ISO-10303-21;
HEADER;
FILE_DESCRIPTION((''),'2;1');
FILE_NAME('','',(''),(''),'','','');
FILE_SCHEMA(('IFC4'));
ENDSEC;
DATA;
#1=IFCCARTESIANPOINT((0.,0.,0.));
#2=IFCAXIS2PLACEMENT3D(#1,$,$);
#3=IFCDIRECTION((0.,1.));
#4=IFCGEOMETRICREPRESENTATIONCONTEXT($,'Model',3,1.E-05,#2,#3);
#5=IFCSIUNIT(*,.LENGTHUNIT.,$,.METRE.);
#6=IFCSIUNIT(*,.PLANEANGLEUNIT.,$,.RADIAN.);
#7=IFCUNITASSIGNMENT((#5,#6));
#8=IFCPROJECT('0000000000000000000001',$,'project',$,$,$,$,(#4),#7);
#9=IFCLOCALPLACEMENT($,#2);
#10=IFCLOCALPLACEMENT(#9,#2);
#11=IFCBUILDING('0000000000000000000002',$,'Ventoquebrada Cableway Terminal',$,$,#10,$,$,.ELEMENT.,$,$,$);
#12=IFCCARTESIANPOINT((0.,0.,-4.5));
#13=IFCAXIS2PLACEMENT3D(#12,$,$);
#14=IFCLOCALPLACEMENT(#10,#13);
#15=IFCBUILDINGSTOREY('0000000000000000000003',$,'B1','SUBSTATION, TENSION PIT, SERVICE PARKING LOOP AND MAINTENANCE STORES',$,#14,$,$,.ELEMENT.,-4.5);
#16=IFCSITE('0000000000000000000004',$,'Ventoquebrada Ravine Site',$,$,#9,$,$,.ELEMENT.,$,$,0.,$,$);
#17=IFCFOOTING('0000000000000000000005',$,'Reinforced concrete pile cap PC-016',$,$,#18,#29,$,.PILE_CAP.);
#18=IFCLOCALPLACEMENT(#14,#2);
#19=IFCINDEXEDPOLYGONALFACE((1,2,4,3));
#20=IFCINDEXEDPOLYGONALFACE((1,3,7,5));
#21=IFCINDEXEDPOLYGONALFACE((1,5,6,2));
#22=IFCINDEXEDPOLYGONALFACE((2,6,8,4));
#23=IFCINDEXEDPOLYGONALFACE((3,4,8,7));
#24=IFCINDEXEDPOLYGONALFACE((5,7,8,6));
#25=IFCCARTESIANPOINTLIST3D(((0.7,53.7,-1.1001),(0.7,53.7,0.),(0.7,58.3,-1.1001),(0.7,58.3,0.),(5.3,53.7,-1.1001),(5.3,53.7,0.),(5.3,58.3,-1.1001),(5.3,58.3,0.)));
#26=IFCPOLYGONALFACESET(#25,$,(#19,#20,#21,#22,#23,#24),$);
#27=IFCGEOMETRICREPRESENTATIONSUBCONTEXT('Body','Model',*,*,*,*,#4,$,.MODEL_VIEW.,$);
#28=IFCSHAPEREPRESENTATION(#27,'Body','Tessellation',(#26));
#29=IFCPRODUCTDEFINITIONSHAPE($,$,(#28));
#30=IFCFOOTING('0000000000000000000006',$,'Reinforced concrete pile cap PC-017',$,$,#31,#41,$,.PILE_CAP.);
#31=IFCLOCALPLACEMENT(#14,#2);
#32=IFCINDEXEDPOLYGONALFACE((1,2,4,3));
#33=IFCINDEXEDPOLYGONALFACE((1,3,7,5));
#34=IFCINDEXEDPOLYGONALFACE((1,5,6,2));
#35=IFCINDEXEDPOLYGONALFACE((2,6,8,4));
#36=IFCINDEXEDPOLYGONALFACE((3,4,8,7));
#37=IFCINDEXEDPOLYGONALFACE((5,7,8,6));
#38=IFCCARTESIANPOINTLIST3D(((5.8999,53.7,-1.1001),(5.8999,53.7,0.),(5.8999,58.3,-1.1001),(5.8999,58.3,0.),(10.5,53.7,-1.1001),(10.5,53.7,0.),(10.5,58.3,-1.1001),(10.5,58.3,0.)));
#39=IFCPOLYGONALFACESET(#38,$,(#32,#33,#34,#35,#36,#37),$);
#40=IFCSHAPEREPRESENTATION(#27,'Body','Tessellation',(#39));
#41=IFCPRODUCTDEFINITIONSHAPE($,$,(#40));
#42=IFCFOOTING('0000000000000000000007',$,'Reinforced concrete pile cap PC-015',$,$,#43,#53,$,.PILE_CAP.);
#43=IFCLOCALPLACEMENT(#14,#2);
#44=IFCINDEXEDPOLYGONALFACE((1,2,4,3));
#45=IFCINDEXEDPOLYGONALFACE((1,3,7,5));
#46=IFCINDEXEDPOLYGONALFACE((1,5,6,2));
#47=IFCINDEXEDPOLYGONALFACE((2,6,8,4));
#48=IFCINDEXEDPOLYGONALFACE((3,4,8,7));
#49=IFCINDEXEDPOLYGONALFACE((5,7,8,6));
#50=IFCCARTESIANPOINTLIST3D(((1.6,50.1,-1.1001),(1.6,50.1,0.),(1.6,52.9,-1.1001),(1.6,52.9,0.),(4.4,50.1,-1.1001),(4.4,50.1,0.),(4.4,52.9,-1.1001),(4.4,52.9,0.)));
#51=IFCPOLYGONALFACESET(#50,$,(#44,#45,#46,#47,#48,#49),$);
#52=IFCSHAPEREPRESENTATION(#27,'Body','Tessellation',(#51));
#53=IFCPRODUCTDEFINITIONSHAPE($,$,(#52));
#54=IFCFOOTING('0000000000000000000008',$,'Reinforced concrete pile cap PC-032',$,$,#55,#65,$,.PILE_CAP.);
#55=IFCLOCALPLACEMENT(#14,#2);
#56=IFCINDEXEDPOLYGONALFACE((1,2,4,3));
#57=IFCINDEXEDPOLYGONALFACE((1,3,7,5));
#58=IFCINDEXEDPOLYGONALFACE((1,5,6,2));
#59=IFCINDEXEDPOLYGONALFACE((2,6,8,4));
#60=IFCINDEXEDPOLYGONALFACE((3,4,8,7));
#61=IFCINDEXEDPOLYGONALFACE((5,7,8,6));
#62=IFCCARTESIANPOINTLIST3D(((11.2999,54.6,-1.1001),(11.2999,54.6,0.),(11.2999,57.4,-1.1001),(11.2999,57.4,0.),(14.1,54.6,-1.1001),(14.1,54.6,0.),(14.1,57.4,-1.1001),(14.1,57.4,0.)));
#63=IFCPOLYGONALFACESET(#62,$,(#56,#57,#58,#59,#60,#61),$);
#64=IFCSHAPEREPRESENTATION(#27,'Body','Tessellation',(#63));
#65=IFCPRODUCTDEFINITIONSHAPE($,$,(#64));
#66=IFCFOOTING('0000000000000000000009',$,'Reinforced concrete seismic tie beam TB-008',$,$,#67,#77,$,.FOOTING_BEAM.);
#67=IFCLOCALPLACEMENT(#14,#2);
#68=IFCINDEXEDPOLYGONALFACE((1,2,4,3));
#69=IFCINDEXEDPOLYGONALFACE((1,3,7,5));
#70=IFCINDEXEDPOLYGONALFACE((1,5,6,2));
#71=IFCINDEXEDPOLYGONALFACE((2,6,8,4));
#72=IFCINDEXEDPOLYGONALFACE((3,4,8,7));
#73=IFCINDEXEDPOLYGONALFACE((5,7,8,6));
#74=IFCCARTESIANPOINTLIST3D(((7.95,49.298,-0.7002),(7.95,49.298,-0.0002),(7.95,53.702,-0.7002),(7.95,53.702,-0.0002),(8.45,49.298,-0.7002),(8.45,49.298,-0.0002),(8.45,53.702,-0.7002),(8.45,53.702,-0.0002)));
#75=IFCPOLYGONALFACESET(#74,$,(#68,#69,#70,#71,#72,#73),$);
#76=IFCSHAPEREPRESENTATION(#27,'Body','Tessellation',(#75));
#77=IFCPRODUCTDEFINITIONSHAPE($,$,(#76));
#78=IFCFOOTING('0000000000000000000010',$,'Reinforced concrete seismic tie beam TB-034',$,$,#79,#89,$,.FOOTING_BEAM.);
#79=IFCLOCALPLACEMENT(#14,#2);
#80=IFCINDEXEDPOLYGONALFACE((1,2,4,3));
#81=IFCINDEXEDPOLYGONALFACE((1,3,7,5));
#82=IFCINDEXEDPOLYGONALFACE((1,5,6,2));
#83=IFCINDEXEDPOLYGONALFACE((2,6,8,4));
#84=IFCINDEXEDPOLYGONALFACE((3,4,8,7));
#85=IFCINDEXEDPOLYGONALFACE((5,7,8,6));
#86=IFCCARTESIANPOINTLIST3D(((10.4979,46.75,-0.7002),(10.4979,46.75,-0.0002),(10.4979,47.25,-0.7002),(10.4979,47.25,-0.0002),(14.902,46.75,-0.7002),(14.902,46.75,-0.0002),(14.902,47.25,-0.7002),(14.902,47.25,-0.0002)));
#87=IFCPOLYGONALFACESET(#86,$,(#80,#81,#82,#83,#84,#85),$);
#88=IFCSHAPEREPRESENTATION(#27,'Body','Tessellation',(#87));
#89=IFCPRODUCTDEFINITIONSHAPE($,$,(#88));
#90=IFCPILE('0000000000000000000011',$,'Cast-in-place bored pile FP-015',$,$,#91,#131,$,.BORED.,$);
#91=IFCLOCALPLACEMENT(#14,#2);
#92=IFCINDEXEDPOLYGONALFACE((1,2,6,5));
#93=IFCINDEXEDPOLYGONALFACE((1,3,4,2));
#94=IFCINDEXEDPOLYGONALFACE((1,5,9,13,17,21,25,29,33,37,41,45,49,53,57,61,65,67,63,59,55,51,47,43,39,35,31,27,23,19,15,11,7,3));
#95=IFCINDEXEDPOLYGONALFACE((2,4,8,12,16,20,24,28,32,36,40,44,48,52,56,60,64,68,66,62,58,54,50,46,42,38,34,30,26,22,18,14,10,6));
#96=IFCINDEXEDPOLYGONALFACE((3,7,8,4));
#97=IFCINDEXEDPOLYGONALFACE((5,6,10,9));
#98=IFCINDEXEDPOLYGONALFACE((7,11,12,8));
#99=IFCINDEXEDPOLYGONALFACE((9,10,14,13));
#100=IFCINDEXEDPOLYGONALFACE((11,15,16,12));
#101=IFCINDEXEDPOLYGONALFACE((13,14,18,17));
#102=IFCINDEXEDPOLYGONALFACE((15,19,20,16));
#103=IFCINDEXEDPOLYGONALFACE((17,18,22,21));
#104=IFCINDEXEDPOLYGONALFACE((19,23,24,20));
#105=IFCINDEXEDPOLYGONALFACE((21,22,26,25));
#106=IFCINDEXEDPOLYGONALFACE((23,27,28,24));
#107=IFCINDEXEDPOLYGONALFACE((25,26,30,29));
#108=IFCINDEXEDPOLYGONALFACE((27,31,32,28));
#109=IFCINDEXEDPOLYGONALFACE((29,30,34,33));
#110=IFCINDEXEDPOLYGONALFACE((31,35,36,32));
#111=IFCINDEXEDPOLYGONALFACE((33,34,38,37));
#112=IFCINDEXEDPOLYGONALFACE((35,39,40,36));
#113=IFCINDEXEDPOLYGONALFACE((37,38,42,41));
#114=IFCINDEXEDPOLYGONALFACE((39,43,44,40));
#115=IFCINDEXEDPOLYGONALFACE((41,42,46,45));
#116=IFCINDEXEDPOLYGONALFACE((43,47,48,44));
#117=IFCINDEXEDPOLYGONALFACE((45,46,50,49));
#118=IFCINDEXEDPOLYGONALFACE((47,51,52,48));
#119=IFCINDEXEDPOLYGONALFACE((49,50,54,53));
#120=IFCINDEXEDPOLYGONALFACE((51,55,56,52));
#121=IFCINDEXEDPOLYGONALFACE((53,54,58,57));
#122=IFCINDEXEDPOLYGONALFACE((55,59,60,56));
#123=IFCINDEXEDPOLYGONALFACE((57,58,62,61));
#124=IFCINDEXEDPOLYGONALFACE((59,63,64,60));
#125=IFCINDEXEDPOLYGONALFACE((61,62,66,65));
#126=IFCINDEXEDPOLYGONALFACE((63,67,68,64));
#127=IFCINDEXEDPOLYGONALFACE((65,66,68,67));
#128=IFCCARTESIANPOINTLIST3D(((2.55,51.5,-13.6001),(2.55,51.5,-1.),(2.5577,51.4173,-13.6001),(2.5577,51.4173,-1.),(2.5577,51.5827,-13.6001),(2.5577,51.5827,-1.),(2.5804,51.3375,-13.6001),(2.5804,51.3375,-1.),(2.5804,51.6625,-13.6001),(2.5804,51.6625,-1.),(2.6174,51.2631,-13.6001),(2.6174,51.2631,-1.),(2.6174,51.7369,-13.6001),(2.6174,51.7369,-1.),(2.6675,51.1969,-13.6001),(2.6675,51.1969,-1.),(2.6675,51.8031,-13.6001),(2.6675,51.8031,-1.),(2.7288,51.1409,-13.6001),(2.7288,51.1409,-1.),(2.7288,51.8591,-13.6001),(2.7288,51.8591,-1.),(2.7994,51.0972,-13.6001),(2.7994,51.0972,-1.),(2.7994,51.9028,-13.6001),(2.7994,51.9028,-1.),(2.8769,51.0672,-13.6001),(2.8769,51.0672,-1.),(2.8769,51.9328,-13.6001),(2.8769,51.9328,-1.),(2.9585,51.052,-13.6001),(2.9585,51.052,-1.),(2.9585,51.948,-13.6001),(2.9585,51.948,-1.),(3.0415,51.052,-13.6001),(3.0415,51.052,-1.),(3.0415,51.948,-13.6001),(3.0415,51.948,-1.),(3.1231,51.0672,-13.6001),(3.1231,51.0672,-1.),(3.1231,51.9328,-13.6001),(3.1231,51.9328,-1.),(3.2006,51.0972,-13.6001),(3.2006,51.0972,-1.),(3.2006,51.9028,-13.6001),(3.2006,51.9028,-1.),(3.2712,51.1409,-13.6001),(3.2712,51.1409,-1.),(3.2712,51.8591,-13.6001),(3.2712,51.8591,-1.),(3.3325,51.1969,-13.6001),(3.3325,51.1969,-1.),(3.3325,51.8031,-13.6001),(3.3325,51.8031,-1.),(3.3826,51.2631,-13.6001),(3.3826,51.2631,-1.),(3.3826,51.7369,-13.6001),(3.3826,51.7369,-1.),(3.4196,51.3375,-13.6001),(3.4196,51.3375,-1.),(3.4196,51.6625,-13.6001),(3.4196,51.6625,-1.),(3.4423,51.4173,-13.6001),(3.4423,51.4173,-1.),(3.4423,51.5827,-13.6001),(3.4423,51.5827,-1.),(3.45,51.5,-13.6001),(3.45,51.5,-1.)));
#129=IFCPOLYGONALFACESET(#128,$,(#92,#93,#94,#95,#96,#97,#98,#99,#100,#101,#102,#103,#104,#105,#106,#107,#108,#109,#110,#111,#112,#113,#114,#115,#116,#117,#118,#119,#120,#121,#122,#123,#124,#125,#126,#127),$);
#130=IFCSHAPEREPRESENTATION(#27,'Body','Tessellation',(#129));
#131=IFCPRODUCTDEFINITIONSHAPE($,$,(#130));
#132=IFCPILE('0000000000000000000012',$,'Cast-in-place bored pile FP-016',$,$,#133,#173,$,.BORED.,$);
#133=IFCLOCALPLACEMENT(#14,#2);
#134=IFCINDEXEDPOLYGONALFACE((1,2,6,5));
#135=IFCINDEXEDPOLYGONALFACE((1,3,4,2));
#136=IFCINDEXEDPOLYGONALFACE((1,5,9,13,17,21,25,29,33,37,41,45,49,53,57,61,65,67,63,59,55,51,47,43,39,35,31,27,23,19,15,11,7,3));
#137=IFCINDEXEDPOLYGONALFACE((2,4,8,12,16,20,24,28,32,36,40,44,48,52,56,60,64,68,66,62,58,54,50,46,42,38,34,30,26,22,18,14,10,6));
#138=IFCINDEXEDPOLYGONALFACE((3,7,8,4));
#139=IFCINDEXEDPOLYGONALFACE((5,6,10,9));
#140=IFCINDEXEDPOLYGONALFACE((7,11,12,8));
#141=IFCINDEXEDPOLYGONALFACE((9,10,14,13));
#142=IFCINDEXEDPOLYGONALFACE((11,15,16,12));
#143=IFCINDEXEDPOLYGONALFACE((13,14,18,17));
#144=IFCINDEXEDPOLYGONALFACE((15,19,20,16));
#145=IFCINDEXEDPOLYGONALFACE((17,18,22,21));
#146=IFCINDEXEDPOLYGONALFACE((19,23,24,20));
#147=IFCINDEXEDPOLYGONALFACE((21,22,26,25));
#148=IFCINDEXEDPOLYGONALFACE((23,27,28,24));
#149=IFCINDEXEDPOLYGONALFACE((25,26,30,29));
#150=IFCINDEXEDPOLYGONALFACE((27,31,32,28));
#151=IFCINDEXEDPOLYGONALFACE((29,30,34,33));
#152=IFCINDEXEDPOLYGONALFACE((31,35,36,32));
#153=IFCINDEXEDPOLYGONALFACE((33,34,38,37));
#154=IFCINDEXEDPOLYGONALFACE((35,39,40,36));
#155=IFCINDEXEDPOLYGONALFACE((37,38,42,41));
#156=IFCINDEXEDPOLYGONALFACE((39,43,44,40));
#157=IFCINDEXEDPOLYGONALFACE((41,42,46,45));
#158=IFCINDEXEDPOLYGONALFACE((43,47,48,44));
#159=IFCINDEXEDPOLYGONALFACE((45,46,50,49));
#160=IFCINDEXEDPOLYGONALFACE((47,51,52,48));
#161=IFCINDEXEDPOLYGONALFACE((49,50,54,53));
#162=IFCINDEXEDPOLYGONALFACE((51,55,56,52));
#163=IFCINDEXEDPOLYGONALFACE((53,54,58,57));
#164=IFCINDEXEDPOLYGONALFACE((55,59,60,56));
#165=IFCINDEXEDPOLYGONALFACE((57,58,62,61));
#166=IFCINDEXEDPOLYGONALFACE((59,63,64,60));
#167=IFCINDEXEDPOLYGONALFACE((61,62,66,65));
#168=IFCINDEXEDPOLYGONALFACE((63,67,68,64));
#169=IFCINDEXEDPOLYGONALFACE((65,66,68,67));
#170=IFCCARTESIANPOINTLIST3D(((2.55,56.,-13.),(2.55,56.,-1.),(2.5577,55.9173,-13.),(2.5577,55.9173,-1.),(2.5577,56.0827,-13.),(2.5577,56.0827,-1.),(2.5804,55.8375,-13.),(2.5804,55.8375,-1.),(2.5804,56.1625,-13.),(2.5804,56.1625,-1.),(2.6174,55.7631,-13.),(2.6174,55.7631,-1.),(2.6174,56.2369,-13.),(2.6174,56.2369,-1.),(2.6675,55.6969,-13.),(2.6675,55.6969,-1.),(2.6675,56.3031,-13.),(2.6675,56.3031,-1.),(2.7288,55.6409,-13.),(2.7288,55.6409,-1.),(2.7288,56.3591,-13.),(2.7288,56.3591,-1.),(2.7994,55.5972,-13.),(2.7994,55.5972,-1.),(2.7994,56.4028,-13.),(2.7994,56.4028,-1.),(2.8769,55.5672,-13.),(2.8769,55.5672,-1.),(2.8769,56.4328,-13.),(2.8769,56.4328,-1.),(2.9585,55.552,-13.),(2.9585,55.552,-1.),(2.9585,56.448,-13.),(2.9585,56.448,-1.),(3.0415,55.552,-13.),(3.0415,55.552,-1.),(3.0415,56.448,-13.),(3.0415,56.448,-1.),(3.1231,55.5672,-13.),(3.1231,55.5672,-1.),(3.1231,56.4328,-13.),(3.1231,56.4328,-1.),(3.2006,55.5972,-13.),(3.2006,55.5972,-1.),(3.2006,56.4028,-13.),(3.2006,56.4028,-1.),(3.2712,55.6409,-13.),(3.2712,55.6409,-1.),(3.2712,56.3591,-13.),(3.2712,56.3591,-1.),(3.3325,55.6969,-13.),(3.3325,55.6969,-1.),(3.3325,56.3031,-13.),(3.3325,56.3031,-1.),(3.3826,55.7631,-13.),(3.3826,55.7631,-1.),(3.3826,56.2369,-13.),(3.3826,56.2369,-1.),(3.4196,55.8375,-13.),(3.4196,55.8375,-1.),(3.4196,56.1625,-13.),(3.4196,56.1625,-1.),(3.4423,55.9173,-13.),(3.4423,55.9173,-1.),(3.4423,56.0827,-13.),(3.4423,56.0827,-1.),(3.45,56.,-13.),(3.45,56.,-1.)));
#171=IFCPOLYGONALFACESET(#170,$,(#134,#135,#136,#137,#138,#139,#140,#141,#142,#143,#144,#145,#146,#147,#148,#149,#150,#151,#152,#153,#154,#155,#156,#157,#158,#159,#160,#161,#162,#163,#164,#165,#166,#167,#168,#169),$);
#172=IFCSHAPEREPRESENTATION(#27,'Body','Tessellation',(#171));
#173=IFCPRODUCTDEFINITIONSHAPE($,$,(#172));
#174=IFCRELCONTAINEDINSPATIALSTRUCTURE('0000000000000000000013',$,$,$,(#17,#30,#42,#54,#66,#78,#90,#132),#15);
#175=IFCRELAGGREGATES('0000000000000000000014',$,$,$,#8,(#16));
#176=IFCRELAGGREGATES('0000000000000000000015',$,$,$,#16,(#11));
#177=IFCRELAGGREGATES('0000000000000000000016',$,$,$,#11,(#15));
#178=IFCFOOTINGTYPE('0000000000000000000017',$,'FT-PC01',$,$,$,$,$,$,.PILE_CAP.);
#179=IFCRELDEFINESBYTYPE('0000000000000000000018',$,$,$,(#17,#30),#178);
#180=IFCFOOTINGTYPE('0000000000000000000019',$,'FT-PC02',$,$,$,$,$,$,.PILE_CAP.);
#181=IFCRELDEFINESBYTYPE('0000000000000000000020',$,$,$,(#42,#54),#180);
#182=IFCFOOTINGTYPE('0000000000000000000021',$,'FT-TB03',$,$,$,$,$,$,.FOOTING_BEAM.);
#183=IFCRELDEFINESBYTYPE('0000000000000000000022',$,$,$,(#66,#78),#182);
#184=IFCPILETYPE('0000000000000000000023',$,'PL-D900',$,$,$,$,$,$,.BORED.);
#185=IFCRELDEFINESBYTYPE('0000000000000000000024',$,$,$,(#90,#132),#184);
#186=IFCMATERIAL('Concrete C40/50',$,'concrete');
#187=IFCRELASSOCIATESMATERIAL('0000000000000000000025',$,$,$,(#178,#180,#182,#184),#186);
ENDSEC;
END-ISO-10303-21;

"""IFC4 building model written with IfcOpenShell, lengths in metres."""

from ifc_helpers import new_model, si_unit, direction, frame, origin, origin_2d, place, context, subcontext, project, spatial, rectangle, circle, extrude, material, material_profile, profile_set, type_object, element, save


model = new_model("IFC4")

# Units and contexts
model_context = context("Model", 3, precision=1e-05, world=origin(), true_north=direction((0.0, 1.0)))
body_context = subcontext(model_context, "Body", "Model", "MODEL_VIEW")
ifc_project = project(units=[si_unit("LENGTHUNIT", "METRE"), si_unit("PLANEANGLEUNIT", "RADIAN")], contexts=[model_context])

# Site, building, storey
site_placement = place(None, origin())
site = spatial("IfcSite", under=ifc_project, at=site_placement, Name="Ventoquebrada Ravine Site", CompositionType="ELEMENT", RefElevation=0.0)
building_placement = place(site_placement, origin())
building = spatial("IfcBuilding", under=site, at=building_placement, Name="Ventoquebrada Cableway Terminal", CompositionType="ELEMENT")
storey_placement = place(building_placement, frame((0.0, 0.0, -4.5)))
storey = spatial("IfcBuildingStorey", under=building, at=storey_placement, Name="B1", Description="SUBSTATION, TENSION PIT, SERVICE PARKING LOOP AND MAINTENANCE STORES", CompositionType="ELEMENT", Elevation=-4.5)

# Footings
ifc_material = material(Name="Concrete C40/50", Category="concrete")
footing_type_1 = type_object("IfcFootingType", Name="FT-PC01", PredefinedType="PILE_CAP", material=ifc_material)
for number, where, z_axis, x_axis, name in (
    (1, (3.0, 56.0, -1.1001), (0.0, 0.0, 1.0), (1.0, 0.0, 0.0), "Reinforced concrete pile cap PC-016"),
    (2, (8.2, 56.0, -1.1001), (0.0, 0.0, 1.0), (1.0, 0.0, 0.0), "Reinforced concrete pile cap PC-017"),
):
    element("IfcFooting", number, at=place(storey_placement, frame(where, z_axis=z_axis, x_axis=x_axis)), inside=storey, type_object=footing_type_1, Name=name, PredefinedType="PILE_CAP", context=body_context, shape_type="SweptSolid", body=[
        extrude(rectangle(XDim=4.6001, YDim=4.6001, at=origin_2d()), origin(), (0.0, 0.0, 1.0), 1.1001),
    ])
footing_type_2 = type_object("IfcFootingType", Name="FT-PC02", PredefinedType="PILE_CAP", material=ifc_material)
for number, where, z_axis, x_axis, name in (
    (3, (3.0, 51.5, -1.1001), (0.0, 0.0, 1.0), (1.0, 0.0, 0.0), "Reinforced concrete pile cap PC-015"),
    (4, (12.7, 56.0, -1.1001), (0.0, 0.0, 1.0), (1.0, 0.0, 0.0), "Reinforced concrete pile cap PC-032"),
):
    element("IfcFooting", number, at=place(storey_placement, frame(where, z_axis=z_axis, x_axis=x_axis)), inside=storey, type_object=footing_type_2, Name=name, PredefinedType="PILE_CAP", context=body_context, shape_type="SweptSolid", body=[
        extrude(rectangle(XDim=2.8, YDim=2.8, at=origin_2d()), origin(), (0.0, 0.0, 1.0), 1.1001),
    ])
footing_type_3 = type_object("IfcFootingType", Name="FT-TB03", PredefinedType="FOOTING_BEAM", material=ifc_material)
for number, where, z_axis, x_axis, name in (
    (5, (8.2, 51.5, -0.7002), (0.0, 0.0, 1.0), (0.0, 1.0, 0.0), "Reinforced concrete seismic tie beam TB-008"),
    (6, (12.7, 47.0, -0.7002), (0.0, 0.0, 1.0), (1.0, 0.0, 0.0), "Reinforced concrete seismic tie beam TB-034"),
):
    element("IfcFooting", number, at=place(storey_placement, frame(where, z_axis=z_axis, x_axis=x_axis)), inside=storey, type_object=footing_type_3, Name=name, PredefinedType="FOOTING_BEAM", context=body_context, shape_type="SweptSolid", body=[
        extrude(rectangle(XDim=4.4041, YDim=0.5, at=origin_2d()), origin(), (0.0, 0.0, 1.0), 0.7),
    ])

# Piles
ifc_material_profile_1 = material_profile(ifc_material, circle(Radius=0.45, at=origin_2d()), Name="PILE-D900")
ifc_profile_set_1 = profile_set([ifc_material_profile_1], Name="Concrete C40/50")
pile_type = type_object("IfcPileType", Name="PL-D900", PredefinedType="BORED", material=ifc_profile_set_1)
pile_1_placement = place(storey_placement, frame((3.0, 51.5, -1.0), z_axis=(0.0, 0.0, -1.0), x_axis=(1.0, 0.0, 0.0)))
element("IfcPile", 7, at=pile_1_placement, inside=storey, type_object=pile_type, Name="Cast-in-place bored pile FP-015", PredefinedType="BORED", context=body_context, shape_type="SweptSolid", body=[
    extrude(circle(Radius=0.45, at=origin_2d()), origin(), (0.0, 0.0, 1.0), 12.6001),
])
pile_2_placement = place(storey_placement, frame((3.0, 56.0, -1.0), z_axis=(0.0, 0.0, -1.0), x_axis=(1.0, 0.0, 0.0)))
element("IfcPile", 8, at=pile_2_placement, inside=storey, type_object=pile_type, Name="Cast-in-place bored pile FP-016", PredefinedType="BORED", context=body_context, shape_type="SweptSolid", body=[
    extrude(circle(Radius=0.45, at=origin_2d()), origin(), (0.0, 0.0, 1.0), 12.0),
])

save(model, "model.ifc")
